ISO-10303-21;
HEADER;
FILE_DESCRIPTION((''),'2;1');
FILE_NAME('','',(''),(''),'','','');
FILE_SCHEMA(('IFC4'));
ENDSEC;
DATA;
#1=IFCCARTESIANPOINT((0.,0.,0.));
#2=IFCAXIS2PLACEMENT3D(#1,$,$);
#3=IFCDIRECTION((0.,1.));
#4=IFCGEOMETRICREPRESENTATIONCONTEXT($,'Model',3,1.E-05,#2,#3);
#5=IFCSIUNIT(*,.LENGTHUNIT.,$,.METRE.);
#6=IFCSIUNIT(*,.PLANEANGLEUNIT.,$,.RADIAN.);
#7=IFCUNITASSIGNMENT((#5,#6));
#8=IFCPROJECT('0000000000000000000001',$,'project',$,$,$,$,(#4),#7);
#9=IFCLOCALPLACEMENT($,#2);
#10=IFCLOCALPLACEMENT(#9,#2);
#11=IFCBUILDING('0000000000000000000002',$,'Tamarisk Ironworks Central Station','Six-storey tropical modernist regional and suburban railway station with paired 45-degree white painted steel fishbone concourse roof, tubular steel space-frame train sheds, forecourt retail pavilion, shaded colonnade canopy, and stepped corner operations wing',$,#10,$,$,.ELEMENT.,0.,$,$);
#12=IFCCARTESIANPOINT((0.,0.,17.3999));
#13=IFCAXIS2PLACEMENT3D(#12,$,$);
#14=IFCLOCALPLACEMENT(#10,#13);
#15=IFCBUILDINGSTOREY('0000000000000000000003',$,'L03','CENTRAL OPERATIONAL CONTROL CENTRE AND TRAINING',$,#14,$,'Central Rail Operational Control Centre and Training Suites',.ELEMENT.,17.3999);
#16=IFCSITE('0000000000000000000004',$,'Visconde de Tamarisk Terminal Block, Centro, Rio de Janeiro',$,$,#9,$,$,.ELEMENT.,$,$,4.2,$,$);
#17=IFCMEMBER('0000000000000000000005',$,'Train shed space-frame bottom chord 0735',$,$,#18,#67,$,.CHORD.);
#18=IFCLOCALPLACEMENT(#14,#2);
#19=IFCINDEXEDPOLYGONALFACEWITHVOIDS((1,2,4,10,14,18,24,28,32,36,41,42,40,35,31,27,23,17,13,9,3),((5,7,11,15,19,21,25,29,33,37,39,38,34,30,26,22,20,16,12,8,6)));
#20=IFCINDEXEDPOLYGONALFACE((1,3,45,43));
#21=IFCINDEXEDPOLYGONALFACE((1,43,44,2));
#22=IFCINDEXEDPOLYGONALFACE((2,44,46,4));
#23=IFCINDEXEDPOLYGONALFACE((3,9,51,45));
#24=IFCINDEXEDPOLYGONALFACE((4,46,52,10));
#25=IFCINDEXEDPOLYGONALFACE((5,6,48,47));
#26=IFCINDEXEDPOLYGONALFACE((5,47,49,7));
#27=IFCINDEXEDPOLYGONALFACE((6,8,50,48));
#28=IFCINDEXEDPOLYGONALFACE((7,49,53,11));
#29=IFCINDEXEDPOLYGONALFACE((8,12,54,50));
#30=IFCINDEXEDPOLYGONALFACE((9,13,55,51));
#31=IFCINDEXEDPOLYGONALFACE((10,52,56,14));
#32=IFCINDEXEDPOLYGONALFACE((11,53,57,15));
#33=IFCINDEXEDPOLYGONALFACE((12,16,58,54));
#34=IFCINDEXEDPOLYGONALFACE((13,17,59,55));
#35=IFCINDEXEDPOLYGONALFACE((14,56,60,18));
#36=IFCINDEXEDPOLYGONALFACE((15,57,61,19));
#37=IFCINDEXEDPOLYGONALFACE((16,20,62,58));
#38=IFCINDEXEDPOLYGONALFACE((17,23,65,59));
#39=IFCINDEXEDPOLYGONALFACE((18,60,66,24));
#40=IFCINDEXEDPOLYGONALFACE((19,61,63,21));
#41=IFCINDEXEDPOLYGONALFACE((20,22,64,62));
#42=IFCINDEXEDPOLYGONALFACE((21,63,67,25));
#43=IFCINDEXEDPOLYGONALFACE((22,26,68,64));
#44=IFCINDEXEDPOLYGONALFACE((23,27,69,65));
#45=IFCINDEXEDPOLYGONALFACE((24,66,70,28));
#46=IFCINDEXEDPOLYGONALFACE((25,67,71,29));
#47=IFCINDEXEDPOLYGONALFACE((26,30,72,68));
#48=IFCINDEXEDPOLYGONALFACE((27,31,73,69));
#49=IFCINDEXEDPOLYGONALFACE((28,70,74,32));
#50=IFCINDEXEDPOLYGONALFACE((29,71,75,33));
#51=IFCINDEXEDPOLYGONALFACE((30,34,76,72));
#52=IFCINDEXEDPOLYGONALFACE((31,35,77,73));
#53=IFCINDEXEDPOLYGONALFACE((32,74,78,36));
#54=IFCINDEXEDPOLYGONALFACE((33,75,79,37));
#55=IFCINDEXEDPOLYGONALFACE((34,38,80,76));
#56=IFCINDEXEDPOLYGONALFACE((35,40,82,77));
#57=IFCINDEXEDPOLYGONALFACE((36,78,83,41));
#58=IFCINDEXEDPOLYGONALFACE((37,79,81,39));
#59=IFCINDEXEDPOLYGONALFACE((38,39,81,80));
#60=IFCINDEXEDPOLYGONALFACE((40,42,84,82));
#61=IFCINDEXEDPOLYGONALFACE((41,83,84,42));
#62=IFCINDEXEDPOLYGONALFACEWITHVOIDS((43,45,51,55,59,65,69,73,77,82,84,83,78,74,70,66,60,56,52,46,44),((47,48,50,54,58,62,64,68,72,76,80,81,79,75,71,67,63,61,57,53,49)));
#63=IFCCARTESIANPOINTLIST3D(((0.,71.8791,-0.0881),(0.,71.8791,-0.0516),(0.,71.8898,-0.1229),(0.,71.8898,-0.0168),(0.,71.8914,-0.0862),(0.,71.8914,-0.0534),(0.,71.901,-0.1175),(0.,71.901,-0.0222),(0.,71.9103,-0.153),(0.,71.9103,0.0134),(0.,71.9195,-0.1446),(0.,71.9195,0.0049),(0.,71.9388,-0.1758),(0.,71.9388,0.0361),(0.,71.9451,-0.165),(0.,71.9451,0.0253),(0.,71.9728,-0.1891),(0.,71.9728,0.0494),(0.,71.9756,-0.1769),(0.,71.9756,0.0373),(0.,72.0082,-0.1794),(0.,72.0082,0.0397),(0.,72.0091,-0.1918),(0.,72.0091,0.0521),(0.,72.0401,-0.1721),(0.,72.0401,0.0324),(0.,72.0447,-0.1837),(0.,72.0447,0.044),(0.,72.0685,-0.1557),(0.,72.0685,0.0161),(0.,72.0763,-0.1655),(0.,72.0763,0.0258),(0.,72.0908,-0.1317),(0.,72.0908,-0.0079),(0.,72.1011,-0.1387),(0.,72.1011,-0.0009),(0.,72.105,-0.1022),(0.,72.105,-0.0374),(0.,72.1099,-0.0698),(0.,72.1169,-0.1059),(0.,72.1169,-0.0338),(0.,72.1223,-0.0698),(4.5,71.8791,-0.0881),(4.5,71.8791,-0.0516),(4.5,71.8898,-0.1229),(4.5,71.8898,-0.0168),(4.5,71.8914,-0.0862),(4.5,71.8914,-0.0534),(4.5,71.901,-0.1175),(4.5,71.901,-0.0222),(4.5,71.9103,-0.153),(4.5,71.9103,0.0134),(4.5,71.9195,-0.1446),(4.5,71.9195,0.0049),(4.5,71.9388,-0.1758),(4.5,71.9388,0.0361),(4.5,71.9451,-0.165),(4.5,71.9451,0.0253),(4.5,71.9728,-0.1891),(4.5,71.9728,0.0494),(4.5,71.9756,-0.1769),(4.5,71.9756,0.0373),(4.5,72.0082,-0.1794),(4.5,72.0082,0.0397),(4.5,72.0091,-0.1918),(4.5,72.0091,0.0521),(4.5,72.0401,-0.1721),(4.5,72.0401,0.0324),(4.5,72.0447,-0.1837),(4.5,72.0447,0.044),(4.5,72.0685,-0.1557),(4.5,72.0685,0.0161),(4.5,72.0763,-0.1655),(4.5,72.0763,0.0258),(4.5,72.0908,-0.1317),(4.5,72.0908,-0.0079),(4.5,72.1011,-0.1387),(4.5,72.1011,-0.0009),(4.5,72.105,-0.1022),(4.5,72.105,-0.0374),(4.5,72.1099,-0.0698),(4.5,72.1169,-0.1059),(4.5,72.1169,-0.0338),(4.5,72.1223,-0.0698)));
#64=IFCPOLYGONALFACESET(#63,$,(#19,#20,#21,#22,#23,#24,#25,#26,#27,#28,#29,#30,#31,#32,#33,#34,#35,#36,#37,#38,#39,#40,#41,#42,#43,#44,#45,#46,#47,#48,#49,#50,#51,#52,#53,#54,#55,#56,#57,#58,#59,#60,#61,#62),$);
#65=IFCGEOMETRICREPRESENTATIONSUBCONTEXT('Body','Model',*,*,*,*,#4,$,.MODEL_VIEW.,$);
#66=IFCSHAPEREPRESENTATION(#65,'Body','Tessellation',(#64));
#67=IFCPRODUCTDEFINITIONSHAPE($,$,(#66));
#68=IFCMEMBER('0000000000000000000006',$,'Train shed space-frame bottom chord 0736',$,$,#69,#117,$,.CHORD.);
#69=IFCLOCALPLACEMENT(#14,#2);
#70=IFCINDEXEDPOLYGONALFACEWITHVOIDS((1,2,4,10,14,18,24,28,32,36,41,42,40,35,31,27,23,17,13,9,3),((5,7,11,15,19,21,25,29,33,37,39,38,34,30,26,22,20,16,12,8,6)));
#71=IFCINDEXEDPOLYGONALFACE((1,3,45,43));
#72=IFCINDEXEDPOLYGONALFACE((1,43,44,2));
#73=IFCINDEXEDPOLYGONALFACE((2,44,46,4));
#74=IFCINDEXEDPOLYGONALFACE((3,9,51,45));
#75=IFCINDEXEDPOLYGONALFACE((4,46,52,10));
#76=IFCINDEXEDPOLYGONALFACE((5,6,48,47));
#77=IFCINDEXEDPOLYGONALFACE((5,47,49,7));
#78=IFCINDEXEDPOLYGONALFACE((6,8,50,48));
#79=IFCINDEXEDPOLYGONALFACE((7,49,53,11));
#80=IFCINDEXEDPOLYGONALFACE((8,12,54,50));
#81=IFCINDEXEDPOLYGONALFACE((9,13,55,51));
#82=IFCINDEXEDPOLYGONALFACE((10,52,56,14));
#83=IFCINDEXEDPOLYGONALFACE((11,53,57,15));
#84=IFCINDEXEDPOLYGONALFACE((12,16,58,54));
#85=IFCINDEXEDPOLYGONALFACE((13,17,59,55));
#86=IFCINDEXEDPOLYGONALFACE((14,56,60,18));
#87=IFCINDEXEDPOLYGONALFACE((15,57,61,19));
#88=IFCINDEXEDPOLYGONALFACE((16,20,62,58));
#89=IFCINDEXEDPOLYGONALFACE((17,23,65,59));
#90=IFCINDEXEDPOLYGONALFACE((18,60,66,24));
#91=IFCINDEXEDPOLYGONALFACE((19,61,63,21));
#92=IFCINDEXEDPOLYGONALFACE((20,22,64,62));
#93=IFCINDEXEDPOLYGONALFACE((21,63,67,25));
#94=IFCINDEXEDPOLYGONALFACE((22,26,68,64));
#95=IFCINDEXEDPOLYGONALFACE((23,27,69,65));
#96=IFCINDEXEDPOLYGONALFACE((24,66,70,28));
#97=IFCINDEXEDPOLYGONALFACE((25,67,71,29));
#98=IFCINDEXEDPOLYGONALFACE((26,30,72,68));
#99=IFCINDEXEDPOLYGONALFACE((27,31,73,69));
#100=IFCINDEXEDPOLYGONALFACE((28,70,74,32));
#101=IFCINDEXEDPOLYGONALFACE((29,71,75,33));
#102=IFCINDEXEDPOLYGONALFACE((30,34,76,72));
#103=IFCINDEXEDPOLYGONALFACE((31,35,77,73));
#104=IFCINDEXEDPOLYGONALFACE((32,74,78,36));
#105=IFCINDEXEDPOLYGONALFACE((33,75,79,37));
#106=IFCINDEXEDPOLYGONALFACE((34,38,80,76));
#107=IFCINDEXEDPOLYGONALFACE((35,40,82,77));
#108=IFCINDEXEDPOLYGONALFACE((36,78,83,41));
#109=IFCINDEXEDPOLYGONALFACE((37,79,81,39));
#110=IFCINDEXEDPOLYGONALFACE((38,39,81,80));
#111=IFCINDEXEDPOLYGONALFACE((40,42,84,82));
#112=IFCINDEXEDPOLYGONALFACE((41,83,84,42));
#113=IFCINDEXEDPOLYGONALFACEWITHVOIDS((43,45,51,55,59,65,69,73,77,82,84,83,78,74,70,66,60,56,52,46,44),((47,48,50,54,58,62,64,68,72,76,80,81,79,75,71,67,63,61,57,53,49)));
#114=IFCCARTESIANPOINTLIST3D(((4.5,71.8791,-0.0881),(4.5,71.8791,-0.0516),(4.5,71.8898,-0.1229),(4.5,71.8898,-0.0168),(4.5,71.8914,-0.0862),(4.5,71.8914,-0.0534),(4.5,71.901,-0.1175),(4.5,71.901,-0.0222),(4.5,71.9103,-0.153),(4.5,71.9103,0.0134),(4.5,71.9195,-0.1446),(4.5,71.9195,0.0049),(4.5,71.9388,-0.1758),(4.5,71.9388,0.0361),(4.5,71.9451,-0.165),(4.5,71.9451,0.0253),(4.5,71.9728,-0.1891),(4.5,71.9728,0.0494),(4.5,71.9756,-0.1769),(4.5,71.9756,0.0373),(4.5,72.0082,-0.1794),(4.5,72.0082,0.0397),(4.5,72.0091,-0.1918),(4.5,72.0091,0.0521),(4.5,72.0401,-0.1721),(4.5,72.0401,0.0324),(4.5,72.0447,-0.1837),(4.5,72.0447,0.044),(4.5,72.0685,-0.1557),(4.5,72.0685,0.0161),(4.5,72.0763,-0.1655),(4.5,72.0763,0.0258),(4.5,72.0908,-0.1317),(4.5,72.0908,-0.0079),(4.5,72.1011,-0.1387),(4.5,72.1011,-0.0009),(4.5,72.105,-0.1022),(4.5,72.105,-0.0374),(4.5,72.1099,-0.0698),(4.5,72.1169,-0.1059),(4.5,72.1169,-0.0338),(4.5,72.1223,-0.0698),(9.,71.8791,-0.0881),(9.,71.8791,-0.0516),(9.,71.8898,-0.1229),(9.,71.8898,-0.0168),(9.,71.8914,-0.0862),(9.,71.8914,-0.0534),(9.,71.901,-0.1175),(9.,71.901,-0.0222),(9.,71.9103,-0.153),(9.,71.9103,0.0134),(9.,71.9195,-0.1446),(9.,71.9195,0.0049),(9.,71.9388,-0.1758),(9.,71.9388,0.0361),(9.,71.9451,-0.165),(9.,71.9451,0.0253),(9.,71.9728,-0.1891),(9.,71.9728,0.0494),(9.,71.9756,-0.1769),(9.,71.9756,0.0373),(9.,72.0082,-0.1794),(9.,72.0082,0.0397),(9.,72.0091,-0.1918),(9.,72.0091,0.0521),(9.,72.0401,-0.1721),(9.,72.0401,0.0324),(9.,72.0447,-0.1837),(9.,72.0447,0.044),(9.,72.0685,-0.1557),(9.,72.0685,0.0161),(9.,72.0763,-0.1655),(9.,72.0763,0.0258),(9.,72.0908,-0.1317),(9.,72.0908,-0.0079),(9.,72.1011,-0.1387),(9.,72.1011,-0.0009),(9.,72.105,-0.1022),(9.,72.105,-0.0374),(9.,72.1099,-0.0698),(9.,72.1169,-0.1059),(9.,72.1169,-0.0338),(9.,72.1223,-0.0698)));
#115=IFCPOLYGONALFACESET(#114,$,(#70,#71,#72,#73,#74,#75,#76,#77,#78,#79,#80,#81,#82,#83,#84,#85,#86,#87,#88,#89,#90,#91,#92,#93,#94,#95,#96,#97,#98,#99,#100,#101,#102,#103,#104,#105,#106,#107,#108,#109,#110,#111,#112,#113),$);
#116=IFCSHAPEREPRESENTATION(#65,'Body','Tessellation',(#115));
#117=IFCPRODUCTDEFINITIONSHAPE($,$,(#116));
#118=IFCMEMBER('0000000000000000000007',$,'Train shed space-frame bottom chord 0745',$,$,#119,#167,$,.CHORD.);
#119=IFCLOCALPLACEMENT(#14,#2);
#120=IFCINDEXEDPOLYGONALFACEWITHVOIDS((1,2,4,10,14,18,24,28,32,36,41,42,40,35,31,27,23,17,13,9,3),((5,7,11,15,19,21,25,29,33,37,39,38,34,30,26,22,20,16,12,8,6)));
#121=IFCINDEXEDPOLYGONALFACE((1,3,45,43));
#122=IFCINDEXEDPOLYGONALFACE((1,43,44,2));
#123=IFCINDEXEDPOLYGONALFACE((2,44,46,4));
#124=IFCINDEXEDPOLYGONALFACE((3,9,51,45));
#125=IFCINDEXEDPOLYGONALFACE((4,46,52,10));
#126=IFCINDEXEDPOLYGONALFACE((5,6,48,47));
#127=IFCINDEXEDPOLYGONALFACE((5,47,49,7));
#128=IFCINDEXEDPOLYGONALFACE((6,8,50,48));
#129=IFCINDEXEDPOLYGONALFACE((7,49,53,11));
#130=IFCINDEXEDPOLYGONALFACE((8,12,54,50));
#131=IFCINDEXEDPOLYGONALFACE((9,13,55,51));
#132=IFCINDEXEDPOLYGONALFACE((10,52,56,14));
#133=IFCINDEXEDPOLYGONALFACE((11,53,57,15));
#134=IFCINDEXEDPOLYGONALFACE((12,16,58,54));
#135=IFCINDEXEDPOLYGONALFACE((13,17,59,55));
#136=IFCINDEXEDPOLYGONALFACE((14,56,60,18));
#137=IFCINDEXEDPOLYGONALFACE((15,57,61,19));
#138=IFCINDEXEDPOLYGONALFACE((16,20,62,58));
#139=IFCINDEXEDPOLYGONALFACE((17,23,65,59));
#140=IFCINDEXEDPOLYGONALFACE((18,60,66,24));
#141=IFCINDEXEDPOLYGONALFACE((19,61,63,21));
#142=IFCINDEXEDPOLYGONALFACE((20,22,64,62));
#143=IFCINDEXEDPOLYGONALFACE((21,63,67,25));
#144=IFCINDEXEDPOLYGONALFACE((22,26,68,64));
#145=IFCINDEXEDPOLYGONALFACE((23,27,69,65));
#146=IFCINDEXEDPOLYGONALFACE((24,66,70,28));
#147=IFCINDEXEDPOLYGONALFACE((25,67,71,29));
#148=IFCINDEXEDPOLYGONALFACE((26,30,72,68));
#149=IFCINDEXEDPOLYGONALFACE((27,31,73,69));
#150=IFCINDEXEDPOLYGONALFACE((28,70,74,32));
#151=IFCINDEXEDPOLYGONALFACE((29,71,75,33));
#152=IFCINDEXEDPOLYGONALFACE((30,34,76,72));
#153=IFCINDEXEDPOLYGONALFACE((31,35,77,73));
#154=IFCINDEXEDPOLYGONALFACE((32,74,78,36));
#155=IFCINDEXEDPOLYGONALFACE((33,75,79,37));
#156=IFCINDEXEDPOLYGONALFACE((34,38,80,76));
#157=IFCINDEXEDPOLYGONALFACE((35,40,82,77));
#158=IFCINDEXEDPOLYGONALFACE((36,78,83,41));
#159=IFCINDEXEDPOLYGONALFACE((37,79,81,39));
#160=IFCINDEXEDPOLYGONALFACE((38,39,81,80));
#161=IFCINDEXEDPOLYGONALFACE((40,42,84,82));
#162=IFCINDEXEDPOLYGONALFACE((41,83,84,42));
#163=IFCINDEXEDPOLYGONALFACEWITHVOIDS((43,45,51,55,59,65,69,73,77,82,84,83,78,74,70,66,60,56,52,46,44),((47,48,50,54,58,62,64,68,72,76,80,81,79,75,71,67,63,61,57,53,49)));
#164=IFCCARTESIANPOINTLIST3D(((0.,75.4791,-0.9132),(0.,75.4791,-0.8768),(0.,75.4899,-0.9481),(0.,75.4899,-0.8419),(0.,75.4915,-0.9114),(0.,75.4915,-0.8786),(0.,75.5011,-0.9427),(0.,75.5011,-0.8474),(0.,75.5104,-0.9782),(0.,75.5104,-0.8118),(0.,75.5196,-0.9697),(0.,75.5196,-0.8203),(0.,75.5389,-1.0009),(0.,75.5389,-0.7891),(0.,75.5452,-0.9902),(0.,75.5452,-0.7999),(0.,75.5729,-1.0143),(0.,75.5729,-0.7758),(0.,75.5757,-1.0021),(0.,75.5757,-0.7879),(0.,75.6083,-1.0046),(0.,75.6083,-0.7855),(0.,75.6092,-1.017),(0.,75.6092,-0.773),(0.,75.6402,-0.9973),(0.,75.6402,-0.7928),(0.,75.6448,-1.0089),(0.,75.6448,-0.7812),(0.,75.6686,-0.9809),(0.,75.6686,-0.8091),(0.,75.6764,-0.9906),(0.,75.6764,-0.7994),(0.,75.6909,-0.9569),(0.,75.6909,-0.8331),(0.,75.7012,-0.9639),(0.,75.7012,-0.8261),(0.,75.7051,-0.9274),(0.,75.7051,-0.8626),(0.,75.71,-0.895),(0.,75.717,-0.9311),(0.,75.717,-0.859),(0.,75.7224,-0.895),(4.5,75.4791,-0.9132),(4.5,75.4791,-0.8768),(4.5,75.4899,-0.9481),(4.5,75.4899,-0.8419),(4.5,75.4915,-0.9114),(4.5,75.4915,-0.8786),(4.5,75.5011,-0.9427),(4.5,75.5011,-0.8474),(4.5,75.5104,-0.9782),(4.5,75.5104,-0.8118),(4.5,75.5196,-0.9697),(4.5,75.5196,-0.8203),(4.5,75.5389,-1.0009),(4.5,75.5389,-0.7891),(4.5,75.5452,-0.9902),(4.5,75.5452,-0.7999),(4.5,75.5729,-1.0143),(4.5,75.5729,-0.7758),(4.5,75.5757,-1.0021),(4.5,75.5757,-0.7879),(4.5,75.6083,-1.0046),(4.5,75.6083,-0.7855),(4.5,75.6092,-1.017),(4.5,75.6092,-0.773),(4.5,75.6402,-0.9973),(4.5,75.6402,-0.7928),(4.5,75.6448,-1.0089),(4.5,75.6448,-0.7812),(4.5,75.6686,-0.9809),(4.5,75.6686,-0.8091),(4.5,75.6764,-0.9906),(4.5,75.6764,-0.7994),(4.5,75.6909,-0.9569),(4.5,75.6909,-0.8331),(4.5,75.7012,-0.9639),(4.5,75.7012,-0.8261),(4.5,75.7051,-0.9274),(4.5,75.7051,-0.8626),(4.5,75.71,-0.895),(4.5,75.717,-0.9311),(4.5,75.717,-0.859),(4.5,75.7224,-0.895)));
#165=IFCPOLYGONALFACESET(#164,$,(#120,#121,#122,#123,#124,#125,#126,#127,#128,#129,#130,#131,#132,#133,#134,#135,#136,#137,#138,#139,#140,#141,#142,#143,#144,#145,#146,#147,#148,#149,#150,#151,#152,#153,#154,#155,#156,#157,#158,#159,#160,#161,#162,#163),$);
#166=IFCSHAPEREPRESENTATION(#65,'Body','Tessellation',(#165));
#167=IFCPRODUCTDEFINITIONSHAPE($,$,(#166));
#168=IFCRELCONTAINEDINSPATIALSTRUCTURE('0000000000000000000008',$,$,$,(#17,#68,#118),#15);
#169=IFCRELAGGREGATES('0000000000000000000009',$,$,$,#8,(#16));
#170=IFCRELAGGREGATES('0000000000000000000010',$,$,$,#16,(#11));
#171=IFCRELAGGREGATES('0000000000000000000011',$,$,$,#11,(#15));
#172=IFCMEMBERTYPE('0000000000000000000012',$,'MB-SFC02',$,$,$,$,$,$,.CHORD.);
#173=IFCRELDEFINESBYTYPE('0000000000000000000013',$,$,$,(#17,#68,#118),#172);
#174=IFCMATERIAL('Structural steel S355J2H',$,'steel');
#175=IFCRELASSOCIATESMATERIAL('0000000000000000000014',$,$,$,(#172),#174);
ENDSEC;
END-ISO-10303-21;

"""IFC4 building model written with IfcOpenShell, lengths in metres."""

from ifc_helpers import new_model, si_unit, direction, frame, origin, origin_2d, place, context, subcontext, project, spatial, hollow_circle, extrude, material, material_profile, profile_set, type_object, element, save


model = new_model("IFC4")

# Units and contexts
model_context = context("Model", 3, precision=1e-05, world=origin(), true_north=direction((0.0, 1.0)))
body_context = subcontext(model_context, "Body", "Model", "MODEL_VIEW")
ifc_project = project(units=[si_unit("LENGTHUNIT", "METRE"), si_unit("PLANEANGLEUNIT", "RADIAN")], contexts=[model_context])

# Site, building, storey
site_placement = place(None, origin())
site = spatial("IfcSite", under=ifc_project, at=site_placement, Name="Visconde de Tamarisk Terminal Block, Centro, Rio de Janeiro", CompositionType="ELEMENT", RefElevation=4.2)
building_placement = place(site_placement, origin())
building = spatial("IfcBuilding", under=site, at=building_placement, Name="Tamarisk Ironworks Central Station", Description="Six-storey tropical modernist regional and suburban railway station with paired 45-degree white painted steel fishbone concourse roof, tubular steel space-frame train sheds, forecourt retail pavilion, shaded colonnade canopy, and stepped corner operations wing", CompositionType="ELEMENT", ElevationOfRefHeight=0.0)
storey_placement = place(building_placement, frame((0.0, 0.0, 17.3999)))
storey = spatial("IfcBuildingStorey", under=building, at=storey_placement, Name="L03", Description="CENTRAL OPERATIONAL CONTROL CENTRE AND TRAINING", LongName="Central Rail Operational Control Centre and Training Suites", CompositionType="ELEMENT", Elevation=17.3999)

# Members
ifc_material_1 = material(Name="Structural steel S355J2H", Category="steel")
ifc_material_profile_1 = material_profile(ifc_material_1, hollow_circle(Radius=0.1223, WallThickness=0.0125, at=origin_2d()), Name="CHS 244.5x12.5")
ifc_profile_set_1 = profile_set([ifc_material_profile_1], Name="Structural steel S355J2H")
member_type_1 = type_object("IfcMemberType", Name="MB-SFC02", PredefinedType="CHORD", material=ifc_profile_set_1)
for number, where, z_axis, x_axis, name in (
    (1, (0.0, 72.0, -0.0698), (1.0, 0.0, 0.0), (0.0, 1.0, 0.0), "Train shed space-frame bottom chord 0735"),
    (2, (4.5, 72.0, -0.0698), (1.0, 0.0, 0.0), (0.0, 1.0, 0.0), "Train shed space-frame bottom chord 0736"),
    (3, (0.0, 75.6001, -0.895), (1.0, 0.0, 0.0), (0.0, 1.0, 0.0), "Train shed space-frame bottom chord 0745"),
):
    element("IfcMember", number, at=place(storey_placement, frame(where, z_axis=z_axis, x_axis=x_axis)), inside=storey, type_object=member_type_1, Name=name, PredefinedType="CHORD", context=body_context, shape_type="SweptSolid", body=[
        extrude(hollow_circle(Radius=0.1223, WallThickness=0.0125, at=origin_2d()), origin(), (0.0, 0.0, 1.0), 4.5),
    ])

save(model, "model.ifc")
